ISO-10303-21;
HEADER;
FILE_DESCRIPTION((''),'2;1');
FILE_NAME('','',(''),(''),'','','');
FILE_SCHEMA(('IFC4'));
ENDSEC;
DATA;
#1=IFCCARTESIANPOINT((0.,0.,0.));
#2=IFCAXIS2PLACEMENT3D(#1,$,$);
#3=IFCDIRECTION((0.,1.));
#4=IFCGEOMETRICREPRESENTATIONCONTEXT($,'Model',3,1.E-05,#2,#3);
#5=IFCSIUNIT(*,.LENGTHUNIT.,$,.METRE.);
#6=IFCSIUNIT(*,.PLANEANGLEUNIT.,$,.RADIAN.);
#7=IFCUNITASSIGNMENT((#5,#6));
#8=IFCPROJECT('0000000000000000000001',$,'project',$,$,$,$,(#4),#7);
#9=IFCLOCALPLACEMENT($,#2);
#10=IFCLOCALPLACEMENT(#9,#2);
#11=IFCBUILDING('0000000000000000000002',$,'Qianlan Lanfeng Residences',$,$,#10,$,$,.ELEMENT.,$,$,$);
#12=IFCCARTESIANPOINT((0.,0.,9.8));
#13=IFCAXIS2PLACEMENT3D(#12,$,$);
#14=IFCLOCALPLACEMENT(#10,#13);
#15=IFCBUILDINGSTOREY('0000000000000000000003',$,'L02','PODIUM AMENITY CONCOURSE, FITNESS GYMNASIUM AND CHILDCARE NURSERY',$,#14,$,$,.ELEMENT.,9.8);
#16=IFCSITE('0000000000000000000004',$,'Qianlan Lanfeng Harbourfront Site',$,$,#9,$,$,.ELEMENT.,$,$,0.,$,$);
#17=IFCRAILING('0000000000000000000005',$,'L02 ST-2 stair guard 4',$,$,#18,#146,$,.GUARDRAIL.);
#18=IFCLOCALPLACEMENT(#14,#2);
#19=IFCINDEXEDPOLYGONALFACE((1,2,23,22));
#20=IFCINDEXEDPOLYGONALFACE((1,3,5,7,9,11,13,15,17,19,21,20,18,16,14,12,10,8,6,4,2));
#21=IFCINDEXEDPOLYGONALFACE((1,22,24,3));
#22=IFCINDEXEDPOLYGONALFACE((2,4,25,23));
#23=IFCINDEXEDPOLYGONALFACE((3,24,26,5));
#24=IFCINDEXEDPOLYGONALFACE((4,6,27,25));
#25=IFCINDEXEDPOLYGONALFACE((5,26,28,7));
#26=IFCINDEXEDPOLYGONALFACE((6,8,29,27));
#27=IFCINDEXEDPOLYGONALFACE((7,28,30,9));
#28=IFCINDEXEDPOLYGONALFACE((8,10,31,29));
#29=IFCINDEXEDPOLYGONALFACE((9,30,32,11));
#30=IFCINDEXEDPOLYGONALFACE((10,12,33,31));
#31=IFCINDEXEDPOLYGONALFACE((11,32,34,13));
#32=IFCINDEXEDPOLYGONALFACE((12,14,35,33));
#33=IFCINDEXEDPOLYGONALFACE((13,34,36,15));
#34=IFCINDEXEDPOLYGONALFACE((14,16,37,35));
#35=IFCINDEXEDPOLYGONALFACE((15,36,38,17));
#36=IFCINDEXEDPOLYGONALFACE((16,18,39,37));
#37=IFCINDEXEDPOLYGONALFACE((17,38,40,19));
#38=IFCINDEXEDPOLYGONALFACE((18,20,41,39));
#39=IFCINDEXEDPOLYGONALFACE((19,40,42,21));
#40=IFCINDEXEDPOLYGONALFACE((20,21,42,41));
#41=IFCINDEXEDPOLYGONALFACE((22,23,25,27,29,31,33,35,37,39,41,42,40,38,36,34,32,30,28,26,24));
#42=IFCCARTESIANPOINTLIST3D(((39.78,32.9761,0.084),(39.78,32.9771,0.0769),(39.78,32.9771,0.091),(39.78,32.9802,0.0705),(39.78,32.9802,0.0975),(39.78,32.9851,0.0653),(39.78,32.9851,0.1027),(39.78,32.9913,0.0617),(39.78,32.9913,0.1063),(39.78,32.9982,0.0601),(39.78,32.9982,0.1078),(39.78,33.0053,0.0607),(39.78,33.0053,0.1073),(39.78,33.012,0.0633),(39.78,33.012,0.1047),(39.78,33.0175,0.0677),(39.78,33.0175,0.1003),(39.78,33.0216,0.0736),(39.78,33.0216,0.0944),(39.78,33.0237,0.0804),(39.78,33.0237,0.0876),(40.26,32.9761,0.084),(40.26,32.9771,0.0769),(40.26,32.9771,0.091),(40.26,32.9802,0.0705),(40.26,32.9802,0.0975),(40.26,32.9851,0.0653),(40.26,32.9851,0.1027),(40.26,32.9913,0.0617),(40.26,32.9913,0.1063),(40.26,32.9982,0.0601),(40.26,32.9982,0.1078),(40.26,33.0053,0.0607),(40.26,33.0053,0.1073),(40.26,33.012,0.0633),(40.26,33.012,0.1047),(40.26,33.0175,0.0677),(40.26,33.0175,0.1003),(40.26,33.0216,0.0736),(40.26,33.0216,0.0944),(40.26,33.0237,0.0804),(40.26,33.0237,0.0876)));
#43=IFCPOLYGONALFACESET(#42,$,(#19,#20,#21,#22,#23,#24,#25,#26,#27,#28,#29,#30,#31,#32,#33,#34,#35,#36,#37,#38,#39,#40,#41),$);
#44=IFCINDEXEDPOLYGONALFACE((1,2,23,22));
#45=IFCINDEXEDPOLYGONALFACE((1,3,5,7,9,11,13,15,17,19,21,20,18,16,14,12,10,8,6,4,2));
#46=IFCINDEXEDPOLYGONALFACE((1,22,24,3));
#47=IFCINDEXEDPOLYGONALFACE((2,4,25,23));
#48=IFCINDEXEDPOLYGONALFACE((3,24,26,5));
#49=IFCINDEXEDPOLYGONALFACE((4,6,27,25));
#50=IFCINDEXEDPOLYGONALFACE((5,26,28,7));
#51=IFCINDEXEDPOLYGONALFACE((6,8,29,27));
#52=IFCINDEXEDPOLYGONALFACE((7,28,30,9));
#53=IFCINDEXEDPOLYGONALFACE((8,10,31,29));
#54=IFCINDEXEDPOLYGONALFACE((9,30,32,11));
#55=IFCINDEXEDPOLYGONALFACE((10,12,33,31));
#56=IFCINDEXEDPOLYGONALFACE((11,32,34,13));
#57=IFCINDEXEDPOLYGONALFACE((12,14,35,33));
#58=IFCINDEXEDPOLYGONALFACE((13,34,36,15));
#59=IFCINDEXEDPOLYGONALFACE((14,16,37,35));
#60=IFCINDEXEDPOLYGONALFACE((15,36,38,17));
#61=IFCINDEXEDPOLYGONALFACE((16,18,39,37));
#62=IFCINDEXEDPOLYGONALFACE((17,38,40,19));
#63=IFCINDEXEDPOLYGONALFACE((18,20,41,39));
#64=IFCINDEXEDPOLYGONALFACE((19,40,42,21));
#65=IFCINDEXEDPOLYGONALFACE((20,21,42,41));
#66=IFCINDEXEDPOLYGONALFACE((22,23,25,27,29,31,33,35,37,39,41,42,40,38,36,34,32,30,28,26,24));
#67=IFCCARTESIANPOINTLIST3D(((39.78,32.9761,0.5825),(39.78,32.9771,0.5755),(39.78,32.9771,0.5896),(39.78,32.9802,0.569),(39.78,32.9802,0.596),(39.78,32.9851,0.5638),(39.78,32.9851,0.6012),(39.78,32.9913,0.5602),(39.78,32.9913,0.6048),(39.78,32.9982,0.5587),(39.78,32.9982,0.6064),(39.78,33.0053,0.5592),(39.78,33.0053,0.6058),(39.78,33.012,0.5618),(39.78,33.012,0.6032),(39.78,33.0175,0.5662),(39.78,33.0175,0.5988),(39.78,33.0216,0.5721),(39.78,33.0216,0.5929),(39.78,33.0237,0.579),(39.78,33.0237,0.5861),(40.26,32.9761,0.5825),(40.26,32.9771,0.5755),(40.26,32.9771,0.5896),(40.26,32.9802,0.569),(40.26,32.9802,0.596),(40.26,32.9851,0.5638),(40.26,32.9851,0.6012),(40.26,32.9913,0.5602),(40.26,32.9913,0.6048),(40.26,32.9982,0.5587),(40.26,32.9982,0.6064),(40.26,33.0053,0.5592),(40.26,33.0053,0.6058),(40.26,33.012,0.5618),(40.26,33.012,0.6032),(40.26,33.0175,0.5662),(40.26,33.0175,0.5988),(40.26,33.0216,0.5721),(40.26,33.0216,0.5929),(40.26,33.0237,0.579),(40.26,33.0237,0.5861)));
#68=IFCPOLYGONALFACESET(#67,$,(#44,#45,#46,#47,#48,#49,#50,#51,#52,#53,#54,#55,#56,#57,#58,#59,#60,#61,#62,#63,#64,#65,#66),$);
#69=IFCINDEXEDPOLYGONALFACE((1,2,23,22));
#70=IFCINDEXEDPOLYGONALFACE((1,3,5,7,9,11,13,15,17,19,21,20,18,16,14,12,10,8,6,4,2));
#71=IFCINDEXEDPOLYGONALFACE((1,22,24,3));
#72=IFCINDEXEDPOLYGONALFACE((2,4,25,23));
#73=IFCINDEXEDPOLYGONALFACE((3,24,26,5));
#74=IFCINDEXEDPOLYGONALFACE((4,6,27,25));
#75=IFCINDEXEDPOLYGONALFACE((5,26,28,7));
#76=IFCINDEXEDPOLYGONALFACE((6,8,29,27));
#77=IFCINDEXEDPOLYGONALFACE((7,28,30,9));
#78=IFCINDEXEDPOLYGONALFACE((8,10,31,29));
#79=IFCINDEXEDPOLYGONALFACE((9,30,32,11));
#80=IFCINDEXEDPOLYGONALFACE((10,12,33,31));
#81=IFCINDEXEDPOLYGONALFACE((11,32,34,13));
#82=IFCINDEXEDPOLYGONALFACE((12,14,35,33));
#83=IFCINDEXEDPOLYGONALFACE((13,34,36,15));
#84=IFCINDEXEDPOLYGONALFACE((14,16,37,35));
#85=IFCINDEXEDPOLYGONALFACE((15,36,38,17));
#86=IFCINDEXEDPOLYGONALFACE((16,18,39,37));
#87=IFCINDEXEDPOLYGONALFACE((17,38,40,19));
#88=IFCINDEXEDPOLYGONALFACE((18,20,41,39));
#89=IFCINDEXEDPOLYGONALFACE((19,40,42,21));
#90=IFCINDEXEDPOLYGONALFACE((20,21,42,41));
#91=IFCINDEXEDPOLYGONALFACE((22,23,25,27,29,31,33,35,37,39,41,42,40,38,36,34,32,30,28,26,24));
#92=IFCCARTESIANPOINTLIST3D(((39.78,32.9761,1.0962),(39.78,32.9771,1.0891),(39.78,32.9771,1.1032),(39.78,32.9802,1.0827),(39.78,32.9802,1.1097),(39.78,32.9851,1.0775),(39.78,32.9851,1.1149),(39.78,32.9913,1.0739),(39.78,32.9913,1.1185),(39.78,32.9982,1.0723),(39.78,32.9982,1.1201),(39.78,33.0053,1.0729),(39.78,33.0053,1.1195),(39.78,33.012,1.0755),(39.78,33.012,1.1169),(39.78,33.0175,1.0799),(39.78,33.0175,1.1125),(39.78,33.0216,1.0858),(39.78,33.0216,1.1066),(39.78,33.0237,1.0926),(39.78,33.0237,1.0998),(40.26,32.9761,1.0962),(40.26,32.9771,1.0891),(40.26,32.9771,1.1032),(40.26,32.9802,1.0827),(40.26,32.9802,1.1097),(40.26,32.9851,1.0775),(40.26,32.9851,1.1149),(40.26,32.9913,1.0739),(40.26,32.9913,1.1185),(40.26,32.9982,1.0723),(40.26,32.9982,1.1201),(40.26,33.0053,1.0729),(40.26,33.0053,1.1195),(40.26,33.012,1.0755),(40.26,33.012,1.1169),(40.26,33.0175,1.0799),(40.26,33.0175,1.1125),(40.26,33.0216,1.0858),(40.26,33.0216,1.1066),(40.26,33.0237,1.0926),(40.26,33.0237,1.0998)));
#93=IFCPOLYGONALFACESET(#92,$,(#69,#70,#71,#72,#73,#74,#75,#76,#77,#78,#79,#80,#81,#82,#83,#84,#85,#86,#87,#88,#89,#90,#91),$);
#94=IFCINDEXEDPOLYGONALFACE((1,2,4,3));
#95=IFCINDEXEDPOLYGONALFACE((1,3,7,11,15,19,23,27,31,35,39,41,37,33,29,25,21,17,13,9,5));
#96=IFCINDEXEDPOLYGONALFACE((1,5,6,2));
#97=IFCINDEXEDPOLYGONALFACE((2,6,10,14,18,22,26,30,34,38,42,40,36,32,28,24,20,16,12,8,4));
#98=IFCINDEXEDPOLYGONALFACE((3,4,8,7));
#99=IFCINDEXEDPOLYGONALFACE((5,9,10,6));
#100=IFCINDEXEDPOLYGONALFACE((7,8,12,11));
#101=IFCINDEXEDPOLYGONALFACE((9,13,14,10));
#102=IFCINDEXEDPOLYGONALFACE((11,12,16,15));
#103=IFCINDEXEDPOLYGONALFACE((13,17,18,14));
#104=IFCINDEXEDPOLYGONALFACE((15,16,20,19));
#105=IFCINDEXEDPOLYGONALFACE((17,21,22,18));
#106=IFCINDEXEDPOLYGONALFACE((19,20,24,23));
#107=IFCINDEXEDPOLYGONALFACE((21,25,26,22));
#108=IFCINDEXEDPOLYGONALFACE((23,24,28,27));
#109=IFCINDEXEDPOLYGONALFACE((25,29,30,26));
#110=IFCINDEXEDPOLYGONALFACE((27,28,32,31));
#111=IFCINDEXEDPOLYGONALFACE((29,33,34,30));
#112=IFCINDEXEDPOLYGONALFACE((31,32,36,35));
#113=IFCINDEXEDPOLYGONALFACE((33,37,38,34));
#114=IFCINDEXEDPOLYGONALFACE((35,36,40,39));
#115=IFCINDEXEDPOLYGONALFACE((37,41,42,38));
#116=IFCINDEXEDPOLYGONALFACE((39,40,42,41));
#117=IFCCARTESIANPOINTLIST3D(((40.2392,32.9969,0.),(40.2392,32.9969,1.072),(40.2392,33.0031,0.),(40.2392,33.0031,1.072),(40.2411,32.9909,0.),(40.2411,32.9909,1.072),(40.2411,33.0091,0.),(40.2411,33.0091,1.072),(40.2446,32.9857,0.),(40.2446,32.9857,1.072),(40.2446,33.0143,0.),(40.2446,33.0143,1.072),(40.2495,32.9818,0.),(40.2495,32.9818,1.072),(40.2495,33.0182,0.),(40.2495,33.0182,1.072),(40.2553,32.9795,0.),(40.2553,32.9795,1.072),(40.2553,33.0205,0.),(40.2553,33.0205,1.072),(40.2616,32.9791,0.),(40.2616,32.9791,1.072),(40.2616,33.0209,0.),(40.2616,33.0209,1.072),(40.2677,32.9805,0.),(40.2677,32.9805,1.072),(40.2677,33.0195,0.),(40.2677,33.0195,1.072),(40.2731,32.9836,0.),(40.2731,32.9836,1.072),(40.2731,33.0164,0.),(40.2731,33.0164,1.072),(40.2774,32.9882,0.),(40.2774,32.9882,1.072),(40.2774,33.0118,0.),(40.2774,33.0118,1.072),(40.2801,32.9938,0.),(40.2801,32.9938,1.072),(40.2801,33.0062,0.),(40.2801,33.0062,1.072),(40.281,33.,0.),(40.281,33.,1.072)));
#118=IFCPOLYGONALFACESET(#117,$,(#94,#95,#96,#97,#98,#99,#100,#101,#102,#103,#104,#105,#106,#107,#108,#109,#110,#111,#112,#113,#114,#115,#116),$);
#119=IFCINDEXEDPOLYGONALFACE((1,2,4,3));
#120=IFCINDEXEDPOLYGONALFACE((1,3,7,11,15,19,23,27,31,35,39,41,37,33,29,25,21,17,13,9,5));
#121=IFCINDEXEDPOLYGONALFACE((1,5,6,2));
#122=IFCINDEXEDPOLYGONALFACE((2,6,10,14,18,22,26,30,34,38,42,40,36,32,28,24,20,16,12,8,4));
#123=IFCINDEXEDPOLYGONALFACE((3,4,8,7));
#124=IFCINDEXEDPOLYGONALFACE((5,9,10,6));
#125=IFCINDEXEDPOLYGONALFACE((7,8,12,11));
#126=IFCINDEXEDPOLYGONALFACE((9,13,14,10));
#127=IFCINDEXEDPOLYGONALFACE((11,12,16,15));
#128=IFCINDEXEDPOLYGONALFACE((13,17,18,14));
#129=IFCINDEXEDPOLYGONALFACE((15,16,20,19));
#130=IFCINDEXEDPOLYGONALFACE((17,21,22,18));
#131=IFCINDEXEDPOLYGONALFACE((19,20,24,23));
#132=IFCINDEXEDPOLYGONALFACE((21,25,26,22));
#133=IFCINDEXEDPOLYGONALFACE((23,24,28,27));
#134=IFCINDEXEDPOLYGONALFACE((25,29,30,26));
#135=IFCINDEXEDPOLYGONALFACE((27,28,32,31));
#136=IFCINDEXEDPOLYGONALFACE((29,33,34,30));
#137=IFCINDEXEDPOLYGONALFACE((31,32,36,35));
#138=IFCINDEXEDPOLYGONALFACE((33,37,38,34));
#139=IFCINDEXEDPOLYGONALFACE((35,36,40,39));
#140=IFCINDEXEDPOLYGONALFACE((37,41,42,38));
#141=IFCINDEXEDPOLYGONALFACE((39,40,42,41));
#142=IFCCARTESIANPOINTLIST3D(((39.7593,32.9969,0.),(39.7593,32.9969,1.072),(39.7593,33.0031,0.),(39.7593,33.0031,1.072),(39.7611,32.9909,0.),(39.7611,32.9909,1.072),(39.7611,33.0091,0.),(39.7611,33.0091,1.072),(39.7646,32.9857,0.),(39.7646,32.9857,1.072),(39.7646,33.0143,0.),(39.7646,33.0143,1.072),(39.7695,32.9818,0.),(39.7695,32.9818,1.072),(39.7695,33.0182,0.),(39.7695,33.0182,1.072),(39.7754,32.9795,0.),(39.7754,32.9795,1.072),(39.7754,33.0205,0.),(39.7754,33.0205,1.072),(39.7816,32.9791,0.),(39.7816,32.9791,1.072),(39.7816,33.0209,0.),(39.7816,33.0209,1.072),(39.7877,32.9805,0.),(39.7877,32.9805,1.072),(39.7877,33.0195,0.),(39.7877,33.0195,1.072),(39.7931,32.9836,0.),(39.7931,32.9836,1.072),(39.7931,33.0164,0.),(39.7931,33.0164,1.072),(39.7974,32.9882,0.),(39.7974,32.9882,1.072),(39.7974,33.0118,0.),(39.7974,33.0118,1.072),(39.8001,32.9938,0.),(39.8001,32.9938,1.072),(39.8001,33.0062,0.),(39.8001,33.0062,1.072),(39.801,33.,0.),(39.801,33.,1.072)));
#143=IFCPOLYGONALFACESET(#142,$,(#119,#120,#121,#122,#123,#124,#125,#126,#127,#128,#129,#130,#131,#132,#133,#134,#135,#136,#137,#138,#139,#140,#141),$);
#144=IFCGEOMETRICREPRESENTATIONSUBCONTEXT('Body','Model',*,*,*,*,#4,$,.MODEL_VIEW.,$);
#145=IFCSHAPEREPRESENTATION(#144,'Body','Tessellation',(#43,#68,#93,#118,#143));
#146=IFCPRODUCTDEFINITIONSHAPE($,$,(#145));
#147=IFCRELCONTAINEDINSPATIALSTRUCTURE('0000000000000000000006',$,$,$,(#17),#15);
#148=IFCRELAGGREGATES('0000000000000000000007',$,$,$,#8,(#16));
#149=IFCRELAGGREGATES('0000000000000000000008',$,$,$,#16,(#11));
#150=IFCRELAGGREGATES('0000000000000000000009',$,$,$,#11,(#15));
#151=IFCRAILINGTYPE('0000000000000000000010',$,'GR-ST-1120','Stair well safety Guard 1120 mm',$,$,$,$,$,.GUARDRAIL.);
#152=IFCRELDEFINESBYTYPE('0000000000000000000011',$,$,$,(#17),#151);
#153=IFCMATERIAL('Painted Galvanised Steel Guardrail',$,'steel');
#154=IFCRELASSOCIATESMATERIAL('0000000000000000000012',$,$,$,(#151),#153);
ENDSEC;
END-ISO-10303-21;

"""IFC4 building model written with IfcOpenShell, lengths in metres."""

from ifc_helpers import new_model, si_unit, direction, frame, origin, origin_2d, place, context, subcontext, project, spatial, circle, extrude, material, type_object, element, save


model = new_model("IFC4")

# Units and contexts
model_context = context("Model", 3, precision=1e-05, world=origin(), true_north=direction((0.0, 1.0)))
body_context = subcontext(model_context, "Body", "Model", "MODEL_VIEW")
ifc_project = project(units=[si_unit("LENGTHUNIT", "METRE"), si_unit("PLANEANGLEUNIT", "RADIAN")], contexts=[model_context])

# Site, building, storey
site_placement = place(None, origin())
site = spatial("IfcSite", under=ifc_project, at=site_placement, Name="Qianlan Lanfeng Harbourfront Site", CompositionType="ELEMENT", RefElevation=0.0)
building_placement = place(site_placement, origin())
building = spatial("IfcBuilding", under=site, at=building_placement, Name="Qianlan Lanfeng Residences", CompositionType="ELEMENT")
storey_placement = place(building_placement, frame((0.0, 0.0, 9.8)))
storey = spatial("IfcBuildingStorey", under=building, at=storey_placement, Name="L02", Description="PODIUM AMENITY CONCOURSE, FITNESS GYMNASIUM AND CHILDCARE NURSERY", CompositionType="ELEMENT", Elevation=9.8)

# Railing
ifc_material_1 = material(Name="Painted Galvanised Steel Guardrail", Category="steel")
railing_type_1 = type_object("IfcRailingType", Name="GR-ST-1120", Description="Stair well safety Guard 1120 mm", PredefinedType="GUARDRAIL", material=ifc_material_1)
railing_1_placement = place(storey_placement, frame((40.26, 33.0, 0.0)))
element("IfcRailing", 1, at=railing_1_placement, inside=storey, type_object=railing_type_1, Name="L02 ST-2 stair guard 4", PredefinedType="GUARDRAIL", context=body_context, shape_type="SweptSolid", body=[
    extrude(circle(Radius=0.0239, at=origin_2d()), frame((0.0, 0.0, 0.084), z_axis=(-1.0, 0.0, 0.0), x_axis=(0.0, -1.0, 0.0)), (0.0, 0.0, 1.0), 0.48),
    extrude(circle(Radius=0.0239, at=origin_2d()), frame((0.0, 0.0, 0.5825), z_axis=(-1.0, 0.0, 0.0), x_axis=(0.0, -1.0, 0.0)), (0.0, 0.0, 1.0), 0.48),
    extrude(circle(Radius=0.0239, at=origin_2d()), frame((0.0, 0.0, 1.0962), z_axis=(-1.0, 0.0, 0.0), x_axis=(0.0, -1.0, 0.0)), (0.0, 0.0, 1.0), 0.48),
    extrude(circle(Radius=0.021, at=origin_2d()), origin(), (0.0, 0.0, 1.0), 1.072),
    extrude(circle(Radius=0.021, at=origin_2d()), frame((-0.48, 0.0, 0.0)), (0.0, 0.0, 1.0), 1.072),
])

save(model, "model.ifc")
